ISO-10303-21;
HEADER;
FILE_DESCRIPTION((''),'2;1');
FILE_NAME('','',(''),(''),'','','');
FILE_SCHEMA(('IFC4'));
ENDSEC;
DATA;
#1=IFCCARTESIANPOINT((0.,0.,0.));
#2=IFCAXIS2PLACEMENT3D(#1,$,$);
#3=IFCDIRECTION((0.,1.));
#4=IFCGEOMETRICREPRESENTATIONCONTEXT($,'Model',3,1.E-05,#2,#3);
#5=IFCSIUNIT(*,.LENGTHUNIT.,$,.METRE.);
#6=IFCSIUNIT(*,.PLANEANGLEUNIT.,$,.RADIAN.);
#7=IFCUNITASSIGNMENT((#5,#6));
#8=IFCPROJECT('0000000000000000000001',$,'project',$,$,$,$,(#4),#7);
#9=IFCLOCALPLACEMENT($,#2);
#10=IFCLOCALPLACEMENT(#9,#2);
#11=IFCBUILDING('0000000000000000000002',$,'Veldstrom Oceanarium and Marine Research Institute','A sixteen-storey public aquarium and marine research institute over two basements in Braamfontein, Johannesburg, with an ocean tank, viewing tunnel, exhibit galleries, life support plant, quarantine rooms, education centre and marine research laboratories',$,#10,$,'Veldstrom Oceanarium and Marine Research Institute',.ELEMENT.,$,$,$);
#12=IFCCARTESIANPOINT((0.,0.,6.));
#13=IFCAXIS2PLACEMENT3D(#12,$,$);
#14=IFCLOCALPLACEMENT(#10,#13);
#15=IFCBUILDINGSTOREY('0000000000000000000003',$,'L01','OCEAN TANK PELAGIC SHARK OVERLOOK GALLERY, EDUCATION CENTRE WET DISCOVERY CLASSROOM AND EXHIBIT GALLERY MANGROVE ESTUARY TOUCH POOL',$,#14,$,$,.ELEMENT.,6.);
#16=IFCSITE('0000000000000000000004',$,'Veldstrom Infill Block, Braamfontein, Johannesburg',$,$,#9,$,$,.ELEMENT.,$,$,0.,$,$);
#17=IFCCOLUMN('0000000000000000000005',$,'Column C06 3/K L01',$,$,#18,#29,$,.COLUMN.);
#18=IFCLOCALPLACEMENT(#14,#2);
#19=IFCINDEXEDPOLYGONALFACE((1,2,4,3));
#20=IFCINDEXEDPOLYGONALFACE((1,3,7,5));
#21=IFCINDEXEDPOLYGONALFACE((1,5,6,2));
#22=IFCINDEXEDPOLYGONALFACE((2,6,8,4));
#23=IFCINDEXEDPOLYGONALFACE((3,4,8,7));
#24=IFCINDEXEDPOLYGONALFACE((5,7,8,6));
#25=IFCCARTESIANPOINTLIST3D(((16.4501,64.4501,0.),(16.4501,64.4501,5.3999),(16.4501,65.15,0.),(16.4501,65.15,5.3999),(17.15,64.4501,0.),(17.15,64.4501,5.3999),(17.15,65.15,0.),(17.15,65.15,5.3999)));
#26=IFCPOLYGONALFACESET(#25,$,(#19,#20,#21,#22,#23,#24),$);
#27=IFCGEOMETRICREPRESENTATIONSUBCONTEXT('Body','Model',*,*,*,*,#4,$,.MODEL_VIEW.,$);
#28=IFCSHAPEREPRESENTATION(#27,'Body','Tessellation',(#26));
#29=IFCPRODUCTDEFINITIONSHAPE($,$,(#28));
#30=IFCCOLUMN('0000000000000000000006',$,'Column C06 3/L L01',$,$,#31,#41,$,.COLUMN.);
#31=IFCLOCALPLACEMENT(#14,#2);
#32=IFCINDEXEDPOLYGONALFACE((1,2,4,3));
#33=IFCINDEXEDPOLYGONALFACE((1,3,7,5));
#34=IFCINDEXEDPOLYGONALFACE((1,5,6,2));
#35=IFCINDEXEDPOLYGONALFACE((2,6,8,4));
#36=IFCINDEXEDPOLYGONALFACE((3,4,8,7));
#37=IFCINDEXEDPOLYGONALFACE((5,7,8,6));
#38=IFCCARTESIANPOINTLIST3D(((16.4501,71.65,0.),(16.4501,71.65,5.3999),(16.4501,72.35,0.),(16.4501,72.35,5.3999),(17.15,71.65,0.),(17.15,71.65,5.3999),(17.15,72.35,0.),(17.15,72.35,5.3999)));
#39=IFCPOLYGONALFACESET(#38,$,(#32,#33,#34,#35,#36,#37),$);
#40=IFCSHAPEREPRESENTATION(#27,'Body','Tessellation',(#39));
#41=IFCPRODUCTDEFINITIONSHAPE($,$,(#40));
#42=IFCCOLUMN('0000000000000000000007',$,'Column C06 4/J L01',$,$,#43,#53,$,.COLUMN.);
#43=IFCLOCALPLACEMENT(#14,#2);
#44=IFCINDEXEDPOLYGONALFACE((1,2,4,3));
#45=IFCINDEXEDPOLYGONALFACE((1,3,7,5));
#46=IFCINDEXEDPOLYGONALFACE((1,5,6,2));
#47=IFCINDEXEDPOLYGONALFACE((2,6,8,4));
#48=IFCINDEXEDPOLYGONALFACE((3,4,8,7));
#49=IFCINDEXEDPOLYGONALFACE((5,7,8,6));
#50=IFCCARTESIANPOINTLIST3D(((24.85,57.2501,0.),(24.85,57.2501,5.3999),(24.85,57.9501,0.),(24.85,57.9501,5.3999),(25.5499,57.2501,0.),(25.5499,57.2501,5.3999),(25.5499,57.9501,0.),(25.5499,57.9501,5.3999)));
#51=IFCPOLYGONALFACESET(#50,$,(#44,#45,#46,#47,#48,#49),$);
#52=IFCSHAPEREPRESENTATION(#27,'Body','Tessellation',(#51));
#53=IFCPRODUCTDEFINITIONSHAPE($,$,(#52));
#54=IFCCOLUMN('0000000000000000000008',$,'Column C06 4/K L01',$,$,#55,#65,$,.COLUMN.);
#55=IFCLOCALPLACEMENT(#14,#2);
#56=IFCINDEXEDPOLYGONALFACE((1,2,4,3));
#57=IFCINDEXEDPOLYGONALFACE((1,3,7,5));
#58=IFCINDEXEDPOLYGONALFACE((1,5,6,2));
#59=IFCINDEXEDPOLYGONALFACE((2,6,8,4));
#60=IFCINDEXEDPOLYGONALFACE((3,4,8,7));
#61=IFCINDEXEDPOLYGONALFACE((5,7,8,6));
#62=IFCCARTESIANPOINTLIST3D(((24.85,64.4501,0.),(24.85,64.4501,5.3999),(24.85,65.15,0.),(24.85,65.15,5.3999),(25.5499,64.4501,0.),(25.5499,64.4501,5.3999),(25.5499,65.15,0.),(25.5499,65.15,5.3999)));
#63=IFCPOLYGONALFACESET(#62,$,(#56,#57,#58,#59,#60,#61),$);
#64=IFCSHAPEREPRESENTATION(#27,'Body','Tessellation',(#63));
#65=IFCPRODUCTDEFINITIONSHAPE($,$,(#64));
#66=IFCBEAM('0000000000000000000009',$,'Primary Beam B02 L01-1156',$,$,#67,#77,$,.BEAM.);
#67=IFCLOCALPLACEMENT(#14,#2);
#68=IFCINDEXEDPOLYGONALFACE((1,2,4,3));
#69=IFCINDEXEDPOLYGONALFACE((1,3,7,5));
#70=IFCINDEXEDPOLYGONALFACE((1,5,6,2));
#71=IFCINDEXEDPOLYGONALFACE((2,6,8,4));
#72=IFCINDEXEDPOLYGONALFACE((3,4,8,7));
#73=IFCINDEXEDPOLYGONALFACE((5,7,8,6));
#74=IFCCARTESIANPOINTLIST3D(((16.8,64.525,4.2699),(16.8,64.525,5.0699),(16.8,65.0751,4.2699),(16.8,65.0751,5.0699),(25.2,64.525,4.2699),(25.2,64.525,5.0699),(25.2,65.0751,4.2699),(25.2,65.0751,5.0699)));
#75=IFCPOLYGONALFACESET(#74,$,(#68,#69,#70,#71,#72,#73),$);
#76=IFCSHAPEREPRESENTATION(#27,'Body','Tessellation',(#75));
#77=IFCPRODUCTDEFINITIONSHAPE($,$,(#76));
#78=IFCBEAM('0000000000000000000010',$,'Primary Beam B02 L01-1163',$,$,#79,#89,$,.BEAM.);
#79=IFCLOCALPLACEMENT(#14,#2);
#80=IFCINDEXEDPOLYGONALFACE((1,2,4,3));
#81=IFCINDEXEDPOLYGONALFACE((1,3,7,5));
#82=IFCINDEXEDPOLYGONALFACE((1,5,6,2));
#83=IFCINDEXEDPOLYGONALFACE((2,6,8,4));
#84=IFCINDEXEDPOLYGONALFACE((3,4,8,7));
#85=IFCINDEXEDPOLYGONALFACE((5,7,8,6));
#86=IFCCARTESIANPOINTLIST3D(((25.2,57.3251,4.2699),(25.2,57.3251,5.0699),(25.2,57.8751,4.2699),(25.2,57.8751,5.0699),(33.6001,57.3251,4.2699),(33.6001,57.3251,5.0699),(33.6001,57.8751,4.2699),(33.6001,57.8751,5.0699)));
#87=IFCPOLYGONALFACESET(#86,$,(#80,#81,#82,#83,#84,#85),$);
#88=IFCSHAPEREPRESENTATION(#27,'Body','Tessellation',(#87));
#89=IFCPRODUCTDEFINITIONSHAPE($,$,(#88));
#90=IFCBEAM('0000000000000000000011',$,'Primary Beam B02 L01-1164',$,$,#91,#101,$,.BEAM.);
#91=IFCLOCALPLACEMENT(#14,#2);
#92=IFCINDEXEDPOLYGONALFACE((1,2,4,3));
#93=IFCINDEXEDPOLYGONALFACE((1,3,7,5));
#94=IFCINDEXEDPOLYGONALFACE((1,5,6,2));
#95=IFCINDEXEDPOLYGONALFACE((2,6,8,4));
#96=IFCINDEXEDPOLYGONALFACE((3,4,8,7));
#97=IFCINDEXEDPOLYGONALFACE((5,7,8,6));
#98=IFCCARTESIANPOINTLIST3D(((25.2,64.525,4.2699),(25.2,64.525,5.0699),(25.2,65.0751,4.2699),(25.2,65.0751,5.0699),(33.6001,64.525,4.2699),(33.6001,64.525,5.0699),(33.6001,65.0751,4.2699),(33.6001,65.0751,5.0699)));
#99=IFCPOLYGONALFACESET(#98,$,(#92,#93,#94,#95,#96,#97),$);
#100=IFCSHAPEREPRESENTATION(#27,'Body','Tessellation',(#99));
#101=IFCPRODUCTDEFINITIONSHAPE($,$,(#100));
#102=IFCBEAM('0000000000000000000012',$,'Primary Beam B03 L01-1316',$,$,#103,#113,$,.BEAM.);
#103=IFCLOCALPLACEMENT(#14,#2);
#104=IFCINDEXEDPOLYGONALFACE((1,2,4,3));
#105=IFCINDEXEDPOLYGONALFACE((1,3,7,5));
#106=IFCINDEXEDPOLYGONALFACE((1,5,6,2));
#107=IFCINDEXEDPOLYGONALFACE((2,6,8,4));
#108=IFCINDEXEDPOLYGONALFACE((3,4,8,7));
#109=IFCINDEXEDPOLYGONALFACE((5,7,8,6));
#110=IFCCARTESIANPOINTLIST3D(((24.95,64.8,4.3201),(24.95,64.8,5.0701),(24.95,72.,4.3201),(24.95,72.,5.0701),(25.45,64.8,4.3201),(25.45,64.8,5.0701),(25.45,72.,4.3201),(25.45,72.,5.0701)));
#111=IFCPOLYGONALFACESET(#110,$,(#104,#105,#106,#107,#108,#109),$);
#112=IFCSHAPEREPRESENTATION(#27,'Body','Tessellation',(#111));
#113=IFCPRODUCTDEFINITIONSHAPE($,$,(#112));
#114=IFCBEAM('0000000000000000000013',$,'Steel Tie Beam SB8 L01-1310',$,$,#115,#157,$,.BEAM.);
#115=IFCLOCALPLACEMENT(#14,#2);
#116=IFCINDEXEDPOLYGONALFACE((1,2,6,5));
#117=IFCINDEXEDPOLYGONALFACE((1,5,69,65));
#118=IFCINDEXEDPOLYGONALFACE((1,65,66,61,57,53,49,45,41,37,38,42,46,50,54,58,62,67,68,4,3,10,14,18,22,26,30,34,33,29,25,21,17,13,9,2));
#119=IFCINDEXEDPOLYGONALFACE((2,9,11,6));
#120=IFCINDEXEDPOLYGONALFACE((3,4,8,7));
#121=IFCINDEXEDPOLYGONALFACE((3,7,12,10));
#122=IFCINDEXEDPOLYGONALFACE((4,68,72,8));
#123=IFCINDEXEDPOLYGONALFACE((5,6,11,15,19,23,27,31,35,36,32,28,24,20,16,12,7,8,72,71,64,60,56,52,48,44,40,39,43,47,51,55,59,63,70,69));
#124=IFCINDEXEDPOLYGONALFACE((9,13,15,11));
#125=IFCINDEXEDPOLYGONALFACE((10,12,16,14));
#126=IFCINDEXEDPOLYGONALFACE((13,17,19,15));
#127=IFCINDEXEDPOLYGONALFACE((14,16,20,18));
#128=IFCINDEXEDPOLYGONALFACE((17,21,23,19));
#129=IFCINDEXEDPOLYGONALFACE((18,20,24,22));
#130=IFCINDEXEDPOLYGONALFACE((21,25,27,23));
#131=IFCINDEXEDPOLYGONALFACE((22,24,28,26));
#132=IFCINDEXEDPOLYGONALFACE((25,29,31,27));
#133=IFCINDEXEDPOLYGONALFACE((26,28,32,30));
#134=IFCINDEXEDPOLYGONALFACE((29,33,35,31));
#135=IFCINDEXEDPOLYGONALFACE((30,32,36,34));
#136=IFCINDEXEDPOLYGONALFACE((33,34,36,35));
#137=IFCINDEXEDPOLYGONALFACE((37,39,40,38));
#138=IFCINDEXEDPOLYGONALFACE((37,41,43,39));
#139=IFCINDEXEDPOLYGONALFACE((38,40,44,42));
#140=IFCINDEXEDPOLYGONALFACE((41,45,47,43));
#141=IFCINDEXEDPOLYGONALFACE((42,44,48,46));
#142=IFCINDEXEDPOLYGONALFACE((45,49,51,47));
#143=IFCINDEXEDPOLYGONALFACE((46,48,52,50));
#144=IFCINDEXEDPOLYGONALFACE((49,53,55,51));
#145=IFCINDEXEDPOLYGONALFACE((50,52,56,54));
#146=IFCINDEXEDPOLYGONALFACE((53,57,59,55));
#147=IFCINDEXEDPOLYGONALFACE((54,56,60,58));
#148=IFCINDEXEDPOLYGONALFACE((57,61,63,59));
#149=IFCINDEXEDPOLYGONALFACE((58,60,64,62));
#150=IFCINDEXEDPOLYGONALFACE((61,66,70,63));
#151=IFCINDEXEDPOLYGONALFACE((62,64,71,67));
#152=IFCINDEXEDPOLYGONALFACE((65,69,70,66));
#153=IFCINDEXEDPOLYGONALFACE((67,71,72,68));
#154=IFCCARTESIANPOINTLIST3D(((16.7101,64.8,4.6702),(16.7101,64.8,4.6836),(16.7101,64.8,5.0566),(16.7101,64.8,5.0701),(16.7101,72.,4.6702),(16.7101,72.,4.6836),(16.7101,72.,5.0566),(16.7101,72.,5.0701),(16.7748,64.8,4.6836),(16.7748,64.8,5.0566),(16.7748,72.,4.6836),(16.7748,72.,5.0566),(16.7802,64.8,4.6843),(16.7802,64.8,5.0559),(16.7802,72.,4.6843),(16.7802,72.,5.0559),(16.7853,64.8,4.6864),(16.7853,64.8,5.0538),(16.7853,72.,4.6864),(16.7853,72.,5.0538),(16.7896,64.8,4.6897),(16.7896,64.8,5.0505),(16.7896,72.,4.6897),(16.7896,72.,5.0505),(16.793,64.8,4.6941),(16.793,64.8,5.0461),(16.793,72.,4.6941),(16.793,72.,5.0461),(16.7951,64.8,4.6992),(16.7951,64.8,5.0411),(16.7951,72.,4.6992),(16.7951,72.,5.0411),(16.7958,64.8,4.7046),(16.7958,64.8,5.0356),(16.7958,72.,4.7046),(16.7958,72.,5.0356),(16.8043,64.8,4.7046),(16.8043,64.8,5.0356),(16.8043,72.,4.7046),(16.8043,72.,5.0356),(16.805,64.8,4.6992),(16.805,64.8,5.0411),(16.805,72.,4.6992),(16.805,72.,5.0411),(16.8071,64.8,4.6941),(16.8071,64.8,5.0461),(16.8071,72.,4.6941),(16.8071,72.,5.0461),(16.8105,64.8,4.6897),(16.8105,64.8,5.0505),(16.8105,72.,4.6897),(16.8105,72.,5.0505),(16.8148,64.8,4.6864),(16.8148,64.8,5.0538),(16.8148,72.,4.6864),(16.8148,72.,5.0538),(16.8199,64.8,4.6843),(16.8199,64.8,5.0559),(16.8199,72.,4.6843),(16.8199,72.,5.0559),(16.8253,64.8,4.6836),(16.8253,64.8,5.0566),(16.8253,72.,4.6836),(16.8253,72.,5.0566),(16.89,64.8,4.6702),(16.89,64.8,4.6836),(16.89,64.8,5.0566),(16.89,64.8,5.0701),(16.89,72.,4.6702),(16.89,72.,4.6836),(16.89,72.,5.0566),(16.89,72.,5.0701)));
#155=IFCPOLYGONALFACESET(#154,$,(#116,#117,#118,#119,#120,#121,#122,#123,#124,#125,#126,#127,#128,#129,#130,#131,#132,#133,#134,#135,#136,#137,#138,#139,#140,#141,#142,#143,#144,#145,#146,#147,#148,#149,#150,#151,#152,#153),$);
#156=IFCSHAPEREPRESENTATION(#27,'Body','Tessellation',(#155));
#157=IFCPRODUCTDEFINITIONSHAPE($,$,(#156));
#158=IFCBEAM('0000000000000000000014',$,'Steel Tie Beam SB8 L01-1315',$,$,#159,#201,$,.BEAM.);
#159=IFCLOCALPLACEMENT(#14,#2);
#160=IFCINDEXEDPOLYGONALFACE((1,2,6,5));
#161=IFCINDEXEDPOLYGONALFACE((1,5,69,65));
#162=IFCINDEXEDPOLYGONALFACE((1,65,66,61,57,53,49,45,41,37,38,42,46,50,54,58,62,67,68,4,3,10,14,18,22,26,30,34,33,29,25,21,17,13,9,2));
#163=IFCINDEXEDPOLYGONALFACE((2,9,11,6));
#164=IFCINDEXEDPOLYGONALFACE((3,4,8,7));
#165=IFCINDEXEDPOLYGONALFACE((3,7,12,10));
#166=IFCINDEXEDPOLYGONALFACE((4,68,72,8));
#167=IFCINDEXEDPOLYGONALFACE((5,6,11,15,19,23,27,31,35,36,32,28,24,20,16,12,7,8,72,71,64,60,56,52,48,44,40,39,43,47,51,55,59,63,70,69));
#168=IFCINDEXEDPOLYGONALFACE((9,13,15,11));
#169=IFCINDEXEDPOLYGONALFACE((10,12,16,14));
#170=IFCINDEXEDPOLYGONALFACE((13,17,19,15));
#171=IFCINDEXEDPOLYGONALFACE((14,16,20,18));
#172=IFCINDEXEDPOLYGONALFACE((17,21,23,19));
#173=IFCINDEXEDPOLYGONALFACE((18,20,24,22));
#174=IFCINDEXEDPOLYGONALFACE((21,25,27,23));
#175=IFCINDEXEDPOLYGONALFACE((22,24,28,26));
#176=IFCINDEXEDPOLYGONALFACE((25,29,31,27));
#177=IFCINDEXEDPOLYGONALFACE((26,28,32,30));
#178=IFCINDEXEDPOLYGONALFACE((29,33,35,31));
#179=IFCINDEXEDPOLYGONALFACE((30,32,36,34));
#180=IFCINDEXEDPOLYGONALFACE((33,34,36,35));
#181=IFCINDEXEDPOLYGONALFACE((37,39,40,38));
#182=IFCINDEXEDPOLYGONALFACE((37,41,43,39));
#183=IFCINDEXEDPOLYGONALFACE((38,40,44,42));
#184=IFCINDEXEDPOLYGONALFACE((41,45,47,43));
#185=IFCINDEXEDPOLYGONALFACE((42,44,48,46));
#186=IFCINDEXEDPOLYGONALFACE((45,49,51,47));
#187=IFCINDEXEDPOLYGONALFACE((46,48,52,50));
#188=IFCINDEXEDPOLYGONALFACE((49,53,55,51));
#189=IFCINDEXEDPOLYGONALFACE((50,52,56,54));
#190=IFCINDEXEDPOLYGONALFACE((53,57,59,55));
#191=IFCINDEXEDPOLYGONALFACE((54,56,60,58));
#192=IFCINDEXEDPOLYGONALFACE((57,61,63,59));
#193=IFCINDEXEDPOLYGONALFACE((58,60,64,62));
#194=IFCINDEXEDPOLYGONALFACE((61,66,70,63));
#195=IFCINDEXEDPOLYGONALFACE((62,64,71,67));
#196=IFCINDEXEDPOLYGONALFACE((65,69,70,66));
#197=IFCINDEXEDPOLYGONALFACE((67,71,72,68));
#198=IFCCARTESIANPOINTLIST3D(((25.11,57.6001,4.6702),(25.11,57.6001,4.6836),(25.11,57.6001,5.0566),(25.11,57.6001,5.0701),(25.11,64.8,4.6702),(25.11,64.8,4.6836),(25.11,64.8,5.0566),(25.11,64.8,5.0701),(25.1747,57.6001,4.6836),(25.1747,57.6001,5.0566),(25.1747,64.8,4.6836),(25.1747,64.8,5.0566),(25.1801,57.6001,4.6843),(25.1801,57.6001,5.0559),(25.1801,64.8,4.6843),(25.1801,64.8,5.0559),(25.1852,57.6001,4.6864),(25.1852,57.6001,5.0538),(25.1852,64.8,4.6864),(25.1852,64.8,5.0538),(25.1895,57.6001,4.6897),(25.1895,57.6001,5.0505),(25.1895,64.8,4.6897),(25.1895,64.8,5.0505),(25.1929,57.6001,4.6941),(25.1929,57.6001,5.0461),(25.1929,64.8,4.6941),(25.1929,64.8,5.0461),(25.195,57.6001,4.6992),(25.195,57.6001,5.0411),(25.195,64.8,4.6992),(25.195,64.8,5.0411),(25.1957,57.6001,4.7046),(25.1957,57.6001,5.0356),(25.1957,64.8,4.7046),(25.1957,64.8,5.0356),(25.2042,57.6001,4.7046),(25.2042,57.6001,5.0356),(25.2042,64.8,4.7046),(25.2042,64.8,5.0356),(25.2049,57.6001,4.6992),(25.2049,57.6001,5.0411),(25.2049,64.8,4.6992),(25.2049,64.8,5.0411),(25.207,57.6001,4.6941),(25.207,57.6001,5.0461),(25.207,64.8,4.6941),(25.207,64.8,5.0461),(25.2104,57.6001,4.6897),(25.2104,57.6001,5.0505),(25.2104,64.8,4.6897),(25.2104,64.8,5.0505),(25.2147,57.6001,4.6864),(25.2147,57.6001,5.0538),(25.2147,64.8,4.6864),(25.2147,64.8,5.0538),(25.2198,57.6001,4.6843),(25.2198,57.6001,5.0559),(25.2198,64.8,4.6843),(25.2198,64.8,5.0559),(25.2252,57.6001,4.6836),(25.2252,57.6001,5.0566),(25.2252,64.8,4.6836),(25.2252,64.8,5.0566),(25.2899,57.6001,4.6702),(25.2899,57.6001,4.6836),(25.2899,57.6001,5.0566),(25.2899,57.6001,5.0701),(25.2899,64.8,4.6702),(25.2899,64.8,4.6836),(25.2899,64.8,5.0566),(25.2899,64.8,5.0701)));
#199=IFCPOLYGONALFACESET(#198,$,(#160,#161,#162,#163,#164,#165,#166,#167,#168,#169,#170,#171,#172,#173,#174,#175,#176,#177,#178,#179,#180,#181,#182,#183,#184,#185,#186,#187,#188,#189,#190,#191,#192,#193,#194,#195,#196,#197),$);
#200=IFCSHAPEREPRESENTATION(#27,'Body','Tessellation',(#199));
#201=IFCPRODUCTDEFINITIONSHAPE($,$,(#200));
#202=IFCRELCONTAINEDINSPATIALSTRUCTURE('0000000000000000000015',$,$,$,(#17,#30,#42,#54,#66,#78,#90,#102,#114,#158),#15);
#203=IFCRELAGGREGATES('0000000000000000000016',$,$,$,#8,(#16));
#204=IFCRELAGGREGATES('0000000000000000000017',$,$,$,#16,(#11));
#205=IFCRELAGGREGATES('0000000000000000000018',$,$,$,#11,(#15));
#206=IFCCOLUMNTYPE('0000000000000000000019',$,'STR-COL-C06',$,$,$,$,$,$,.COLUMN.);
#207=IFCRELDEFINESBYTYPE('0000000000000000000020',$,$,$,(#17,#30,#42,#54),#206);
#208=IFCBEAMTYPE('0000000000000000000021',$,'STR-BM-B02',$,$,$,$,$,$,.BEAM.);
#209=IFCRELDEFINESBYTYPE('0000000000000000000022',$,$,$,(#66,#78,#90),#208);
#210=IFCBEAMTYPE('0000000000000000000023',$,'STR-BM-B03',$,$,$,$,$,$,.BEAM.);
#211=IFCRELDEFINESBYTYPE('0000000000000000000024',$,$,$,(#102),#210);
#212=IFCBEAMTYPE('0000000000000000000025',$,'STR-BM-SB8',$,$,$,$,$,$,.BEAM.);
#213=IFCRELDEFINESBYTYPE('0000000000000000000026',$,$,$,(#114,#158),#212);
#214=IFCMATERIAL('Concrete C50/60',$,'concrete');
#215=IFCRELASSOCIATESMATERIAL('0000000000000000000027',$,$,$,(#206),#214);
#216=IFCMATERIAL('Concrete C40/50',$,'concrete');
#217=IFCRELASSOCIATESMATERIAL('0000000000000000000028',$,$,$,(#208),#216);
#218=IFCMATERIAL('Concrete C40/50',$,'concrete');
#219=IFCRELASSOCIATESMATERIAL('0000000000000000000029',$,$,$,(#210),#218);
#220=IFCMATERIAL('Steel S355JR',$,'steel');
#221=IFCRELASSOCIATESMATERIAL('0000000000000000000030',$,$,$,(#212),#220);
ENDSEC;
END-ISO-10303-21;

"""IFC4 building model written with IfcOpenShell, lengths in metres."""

from ifc_helpers import new_model, si_unit, direction, frame, origin, origin_2d, place, context, subcontext, project, spatial, rectangle, i_section, extrude, material, material_profile, profile_set, type_object, element, save


model = new_model("IFC4")

# Units and contexts
model_context = context("Model", 3, precision=1e-05, world=origin(), true_north=direction((0.0, 1.0)))
body_context = subcontext(model_context, "Body", "Model", "MODEL_VIEW")
ifc_project = project(units=[si_unit("LENGTHUNIT", "METRE"), si_unit("PLANEANGLEUNIT", "RADIAN")], contexts=[model_context])

# Site, building, storey
site_placement = place(None, origin())
site = spatial("IfcSite", under=ifc_project, at=site_placement, Name="Veldstrom Infill Block, Braamfontein, Johannesburg", CompositionType="ELEMENT", RefElevation=0.0)
building_placement = place(site_placement, origin())
building = spatial("IfcBuilding", under=site, at=building_placement, Name="Veldstrom Oceanarium and Marine Research Institute", Description="A sixteen-storey public aquarium and marine research institute over two basements in Braamfontein, Johannesburg, with an ocean tank, viewing tunnel, exhibit galleries, life support plant, quarantine rooms, education centre and marine research laboratories", LongName="Veldstrom Oceanarium and Marine Research Institute", CompositionType="ELEMENT")
storey_placement = place(building_placement, frame((0.0, 0.0, 6.0)))
storey = spatial("IfcBuildingStorey", under=building, at=storey_placement, Name="L01", Description="OCEAN TANK PELAGIC SHARK OVERLOOK GALLERY, EDUCATION CENTRE WET DISCOVERY CLASSROOM AND EXHIBIT GALLERY MANGROVE ESTUARY TOUCH POOL", CompositionType="ELEMENT", Elevation=6.0)

# Columns
ifc_material_1 = material(Name="Concrete C50/60", Category="concrete")
ifc_material_profile_1 = material_profile(ifc_material_1, rectangle(XDim=0.7, YDim=0.7, at=origin_2d()), Name="RC-COL-700x700")
ifc_profile_set_1 = profile_set([ifc_material_profile_1], Name="Concrete C50/60")
column_type = type_object("IfcColumnType", Name="STR-COL-C06", PredefinedType="COLUMN", material=ifc_profile_set_1)
for number, where, z_axis, x_axis, name in (
    (1, (16.8, 64.8, 0.0), (0.0, 0.0, 1.0), (1.0, 0.0, 0.0), "Column C06 3/K L01"),
    (2, (16.8, 72.0, 0.0), (0.0, 0.0, 1.0), (1.0, 0.0, 0.0), "Column C06 3/L L01"),
    (3, (25.2, 57.6001, 0.0), (0.0, 0.0, 1.0), (1.0, 0.0, 0.0), "Column C06 4/J L01"),
    (4, (25.2, 64.8, 0.0), (0.0, 0.0, 1.0), (1.0, 0.0, 0.0), "Column C06 4/K L01"),
):
    element("IfcColumn", number, at=place(storey_placement, frame(where, z_axis=z_axis, x_axis=x_axis)), inside=storey, type_object=column_type, Name=name, PredefinedType="COLUMN", context=body_context, shape_type="SweptSolid", body=[
        extrude(rectangle(XDim=0.7, YDim=0.7, at=origin_2d()), origin(), (0.0, 0.0, 1.0), 5.3999),
    ])

# Beams
ifc_material_2 = material(Name="Concrete C40/50", Category="concrete")
ifc_material_profile_2 = material_profile(ifc_material_2, rectangle(XDim=0.55, YDim=0.8, at=origin_2d()), Name="RC-BM-550x800")
ifc_profile_set_2 = profile_set([ifc_material_profile_2], Name="Concrete C40/50")
beam_type_1 = type_object("IfcBeamType", Name="STR-BM-B02", PredefinedType="BEAM", material=ifc_profile_set_2)
beam_1_placement = place(storey_placement, frame((16.8, 64.8, 4.6699), z_axis=(1.0, 0.0, 0.0), x_axis=(0.0, 1.0, 0.0)))
element("IfcBeam", 5, at=beam_1_placement, inside=storey, type_object=beam_type_1, Name="Primary Beam B02 L01-1156", PredefinedType="BEAM", context=body_context, shape_type="SweptSolid", body=[
    extrude(rectangle(XDim=0.55, YDim=0.8, at=origin_2d()), origin(), (0.0, 0.0, 1.0), 8.3999),
])
for number, where, z_axis, x_axis, name in (
    (6, (25.2, 57.6001, 4.6699), (1.0, 0.0, 0.0), (0.0, 1.0, 0.0), "Primary Beam B02 L01-1163"),
    (7, (25.2, 64.8, 4.6699), (1.0, 0.0, 0.0), (0.0, 1.0, 0.0), "Primary Beam B02 L01-1164"),
):
    element("IfcBeam", number, at=place(storey_placement, frame(where, z_axis=z_axis, x_axis=x_axis)), inside=storey, type_object=beam_type_1, Name=name, PredefinedType="BEAM", context=body_context, shape_type="SweptSolid", body=[
        extrude(rectangle(XDim=0.55, YDim=0.8, at=origin_2d()), origin(), (0.0, 0.0, 1.0), 8.4001),
    ])
ifc_material_3 = material(Name="Concrete C40/50", Category="concrete")
ifc_material_profile_3 = material_profile(ifc_material_3, rectangle(XDim=0.5, YDim=0.75, at=origin_2d()), Name="RC-BM-500x750")
ifc_profile_set_3 = profile_set([ifc_material_profile_3], Name="Concrete C40/50")
beam_type_2 = type_object("IfcBeamType", Name="STR-BM-B03", PredefinedType="BEAM", material=ifc_profile_set_3)
beam_2_placement = place(storey_placement, frame((25.2, 64.8, 4.6951), z_axis=(0.0, 1.0, 0.0), x_axis=(-1.0, 0.0, 0.0)))
element("IfcBeam", 8, at=beam_2_placement, inside=storey, type_object=beam_type_2, Name="Primary Beam B03 L01-1316", PredefinedType="BEAM", context=body_context, shape_type="SweptSolid", body=[
    extrude(rectangle(XDim=0.5, YDim=0.75, at=origin_2d()), origin(), (0.0, 0.0, 1.0), 7.2),
])
ifc_material_4 = material(Name="Steel S355JR", Category="steel")
ifc_material_profile_4 = material_profile(ifc_material_4, i_section(OverallWidth=0.1799, OverallDepth=0.3999, WebThickness=0.0085, FlangeThickness=0.0134, FilletRadius=0.021, at=origin_2d()), Name="IPE 400")
ifc_profile_set_4 = profile_set([ifc_material_profile_4], Name="Steel S355JR")
beam_type_3 = type_object("IfcBeamType", Name="STR-BM-SB8", PredefinedType="BEAM", material=ifc_profile_set_4)
for number, where, z_axis, x_axis, name in (
    (9, (16.8, 64.8, 4.8701), (0.0, 1.0, 0.0), (-1.0, 0.0, 0.0), "Steel Tie Beam SB8 L01-1310"),
    (10, (25.2, 57.6001, 4.8701), (0.0, 1.0, 0.0), (-1.0, 0.0, 0.0), "Steel Tie Beam SB8 L01-1315"),
):
    element("IfcBeam", number, at=place(storey_placement, frame(where, z_axis=z_axis, x_axis=x_axis)), inside=storey, type_object=beam_type_3, Name=name, PredefinedType="BEAM", context=body_context, shape_type="SweptSolid", body=[
        extrude(i_section(OverallWidth=0.1799, OverallDepth=0.3999, WebThickness=0.0085, FlangeThickness=0.0134, FilletRadius=0.021, at=origin_2d()), origin(), (0.0, 0.0, 1.0), 7.2),
    ])

save(model, "model.ifc")
